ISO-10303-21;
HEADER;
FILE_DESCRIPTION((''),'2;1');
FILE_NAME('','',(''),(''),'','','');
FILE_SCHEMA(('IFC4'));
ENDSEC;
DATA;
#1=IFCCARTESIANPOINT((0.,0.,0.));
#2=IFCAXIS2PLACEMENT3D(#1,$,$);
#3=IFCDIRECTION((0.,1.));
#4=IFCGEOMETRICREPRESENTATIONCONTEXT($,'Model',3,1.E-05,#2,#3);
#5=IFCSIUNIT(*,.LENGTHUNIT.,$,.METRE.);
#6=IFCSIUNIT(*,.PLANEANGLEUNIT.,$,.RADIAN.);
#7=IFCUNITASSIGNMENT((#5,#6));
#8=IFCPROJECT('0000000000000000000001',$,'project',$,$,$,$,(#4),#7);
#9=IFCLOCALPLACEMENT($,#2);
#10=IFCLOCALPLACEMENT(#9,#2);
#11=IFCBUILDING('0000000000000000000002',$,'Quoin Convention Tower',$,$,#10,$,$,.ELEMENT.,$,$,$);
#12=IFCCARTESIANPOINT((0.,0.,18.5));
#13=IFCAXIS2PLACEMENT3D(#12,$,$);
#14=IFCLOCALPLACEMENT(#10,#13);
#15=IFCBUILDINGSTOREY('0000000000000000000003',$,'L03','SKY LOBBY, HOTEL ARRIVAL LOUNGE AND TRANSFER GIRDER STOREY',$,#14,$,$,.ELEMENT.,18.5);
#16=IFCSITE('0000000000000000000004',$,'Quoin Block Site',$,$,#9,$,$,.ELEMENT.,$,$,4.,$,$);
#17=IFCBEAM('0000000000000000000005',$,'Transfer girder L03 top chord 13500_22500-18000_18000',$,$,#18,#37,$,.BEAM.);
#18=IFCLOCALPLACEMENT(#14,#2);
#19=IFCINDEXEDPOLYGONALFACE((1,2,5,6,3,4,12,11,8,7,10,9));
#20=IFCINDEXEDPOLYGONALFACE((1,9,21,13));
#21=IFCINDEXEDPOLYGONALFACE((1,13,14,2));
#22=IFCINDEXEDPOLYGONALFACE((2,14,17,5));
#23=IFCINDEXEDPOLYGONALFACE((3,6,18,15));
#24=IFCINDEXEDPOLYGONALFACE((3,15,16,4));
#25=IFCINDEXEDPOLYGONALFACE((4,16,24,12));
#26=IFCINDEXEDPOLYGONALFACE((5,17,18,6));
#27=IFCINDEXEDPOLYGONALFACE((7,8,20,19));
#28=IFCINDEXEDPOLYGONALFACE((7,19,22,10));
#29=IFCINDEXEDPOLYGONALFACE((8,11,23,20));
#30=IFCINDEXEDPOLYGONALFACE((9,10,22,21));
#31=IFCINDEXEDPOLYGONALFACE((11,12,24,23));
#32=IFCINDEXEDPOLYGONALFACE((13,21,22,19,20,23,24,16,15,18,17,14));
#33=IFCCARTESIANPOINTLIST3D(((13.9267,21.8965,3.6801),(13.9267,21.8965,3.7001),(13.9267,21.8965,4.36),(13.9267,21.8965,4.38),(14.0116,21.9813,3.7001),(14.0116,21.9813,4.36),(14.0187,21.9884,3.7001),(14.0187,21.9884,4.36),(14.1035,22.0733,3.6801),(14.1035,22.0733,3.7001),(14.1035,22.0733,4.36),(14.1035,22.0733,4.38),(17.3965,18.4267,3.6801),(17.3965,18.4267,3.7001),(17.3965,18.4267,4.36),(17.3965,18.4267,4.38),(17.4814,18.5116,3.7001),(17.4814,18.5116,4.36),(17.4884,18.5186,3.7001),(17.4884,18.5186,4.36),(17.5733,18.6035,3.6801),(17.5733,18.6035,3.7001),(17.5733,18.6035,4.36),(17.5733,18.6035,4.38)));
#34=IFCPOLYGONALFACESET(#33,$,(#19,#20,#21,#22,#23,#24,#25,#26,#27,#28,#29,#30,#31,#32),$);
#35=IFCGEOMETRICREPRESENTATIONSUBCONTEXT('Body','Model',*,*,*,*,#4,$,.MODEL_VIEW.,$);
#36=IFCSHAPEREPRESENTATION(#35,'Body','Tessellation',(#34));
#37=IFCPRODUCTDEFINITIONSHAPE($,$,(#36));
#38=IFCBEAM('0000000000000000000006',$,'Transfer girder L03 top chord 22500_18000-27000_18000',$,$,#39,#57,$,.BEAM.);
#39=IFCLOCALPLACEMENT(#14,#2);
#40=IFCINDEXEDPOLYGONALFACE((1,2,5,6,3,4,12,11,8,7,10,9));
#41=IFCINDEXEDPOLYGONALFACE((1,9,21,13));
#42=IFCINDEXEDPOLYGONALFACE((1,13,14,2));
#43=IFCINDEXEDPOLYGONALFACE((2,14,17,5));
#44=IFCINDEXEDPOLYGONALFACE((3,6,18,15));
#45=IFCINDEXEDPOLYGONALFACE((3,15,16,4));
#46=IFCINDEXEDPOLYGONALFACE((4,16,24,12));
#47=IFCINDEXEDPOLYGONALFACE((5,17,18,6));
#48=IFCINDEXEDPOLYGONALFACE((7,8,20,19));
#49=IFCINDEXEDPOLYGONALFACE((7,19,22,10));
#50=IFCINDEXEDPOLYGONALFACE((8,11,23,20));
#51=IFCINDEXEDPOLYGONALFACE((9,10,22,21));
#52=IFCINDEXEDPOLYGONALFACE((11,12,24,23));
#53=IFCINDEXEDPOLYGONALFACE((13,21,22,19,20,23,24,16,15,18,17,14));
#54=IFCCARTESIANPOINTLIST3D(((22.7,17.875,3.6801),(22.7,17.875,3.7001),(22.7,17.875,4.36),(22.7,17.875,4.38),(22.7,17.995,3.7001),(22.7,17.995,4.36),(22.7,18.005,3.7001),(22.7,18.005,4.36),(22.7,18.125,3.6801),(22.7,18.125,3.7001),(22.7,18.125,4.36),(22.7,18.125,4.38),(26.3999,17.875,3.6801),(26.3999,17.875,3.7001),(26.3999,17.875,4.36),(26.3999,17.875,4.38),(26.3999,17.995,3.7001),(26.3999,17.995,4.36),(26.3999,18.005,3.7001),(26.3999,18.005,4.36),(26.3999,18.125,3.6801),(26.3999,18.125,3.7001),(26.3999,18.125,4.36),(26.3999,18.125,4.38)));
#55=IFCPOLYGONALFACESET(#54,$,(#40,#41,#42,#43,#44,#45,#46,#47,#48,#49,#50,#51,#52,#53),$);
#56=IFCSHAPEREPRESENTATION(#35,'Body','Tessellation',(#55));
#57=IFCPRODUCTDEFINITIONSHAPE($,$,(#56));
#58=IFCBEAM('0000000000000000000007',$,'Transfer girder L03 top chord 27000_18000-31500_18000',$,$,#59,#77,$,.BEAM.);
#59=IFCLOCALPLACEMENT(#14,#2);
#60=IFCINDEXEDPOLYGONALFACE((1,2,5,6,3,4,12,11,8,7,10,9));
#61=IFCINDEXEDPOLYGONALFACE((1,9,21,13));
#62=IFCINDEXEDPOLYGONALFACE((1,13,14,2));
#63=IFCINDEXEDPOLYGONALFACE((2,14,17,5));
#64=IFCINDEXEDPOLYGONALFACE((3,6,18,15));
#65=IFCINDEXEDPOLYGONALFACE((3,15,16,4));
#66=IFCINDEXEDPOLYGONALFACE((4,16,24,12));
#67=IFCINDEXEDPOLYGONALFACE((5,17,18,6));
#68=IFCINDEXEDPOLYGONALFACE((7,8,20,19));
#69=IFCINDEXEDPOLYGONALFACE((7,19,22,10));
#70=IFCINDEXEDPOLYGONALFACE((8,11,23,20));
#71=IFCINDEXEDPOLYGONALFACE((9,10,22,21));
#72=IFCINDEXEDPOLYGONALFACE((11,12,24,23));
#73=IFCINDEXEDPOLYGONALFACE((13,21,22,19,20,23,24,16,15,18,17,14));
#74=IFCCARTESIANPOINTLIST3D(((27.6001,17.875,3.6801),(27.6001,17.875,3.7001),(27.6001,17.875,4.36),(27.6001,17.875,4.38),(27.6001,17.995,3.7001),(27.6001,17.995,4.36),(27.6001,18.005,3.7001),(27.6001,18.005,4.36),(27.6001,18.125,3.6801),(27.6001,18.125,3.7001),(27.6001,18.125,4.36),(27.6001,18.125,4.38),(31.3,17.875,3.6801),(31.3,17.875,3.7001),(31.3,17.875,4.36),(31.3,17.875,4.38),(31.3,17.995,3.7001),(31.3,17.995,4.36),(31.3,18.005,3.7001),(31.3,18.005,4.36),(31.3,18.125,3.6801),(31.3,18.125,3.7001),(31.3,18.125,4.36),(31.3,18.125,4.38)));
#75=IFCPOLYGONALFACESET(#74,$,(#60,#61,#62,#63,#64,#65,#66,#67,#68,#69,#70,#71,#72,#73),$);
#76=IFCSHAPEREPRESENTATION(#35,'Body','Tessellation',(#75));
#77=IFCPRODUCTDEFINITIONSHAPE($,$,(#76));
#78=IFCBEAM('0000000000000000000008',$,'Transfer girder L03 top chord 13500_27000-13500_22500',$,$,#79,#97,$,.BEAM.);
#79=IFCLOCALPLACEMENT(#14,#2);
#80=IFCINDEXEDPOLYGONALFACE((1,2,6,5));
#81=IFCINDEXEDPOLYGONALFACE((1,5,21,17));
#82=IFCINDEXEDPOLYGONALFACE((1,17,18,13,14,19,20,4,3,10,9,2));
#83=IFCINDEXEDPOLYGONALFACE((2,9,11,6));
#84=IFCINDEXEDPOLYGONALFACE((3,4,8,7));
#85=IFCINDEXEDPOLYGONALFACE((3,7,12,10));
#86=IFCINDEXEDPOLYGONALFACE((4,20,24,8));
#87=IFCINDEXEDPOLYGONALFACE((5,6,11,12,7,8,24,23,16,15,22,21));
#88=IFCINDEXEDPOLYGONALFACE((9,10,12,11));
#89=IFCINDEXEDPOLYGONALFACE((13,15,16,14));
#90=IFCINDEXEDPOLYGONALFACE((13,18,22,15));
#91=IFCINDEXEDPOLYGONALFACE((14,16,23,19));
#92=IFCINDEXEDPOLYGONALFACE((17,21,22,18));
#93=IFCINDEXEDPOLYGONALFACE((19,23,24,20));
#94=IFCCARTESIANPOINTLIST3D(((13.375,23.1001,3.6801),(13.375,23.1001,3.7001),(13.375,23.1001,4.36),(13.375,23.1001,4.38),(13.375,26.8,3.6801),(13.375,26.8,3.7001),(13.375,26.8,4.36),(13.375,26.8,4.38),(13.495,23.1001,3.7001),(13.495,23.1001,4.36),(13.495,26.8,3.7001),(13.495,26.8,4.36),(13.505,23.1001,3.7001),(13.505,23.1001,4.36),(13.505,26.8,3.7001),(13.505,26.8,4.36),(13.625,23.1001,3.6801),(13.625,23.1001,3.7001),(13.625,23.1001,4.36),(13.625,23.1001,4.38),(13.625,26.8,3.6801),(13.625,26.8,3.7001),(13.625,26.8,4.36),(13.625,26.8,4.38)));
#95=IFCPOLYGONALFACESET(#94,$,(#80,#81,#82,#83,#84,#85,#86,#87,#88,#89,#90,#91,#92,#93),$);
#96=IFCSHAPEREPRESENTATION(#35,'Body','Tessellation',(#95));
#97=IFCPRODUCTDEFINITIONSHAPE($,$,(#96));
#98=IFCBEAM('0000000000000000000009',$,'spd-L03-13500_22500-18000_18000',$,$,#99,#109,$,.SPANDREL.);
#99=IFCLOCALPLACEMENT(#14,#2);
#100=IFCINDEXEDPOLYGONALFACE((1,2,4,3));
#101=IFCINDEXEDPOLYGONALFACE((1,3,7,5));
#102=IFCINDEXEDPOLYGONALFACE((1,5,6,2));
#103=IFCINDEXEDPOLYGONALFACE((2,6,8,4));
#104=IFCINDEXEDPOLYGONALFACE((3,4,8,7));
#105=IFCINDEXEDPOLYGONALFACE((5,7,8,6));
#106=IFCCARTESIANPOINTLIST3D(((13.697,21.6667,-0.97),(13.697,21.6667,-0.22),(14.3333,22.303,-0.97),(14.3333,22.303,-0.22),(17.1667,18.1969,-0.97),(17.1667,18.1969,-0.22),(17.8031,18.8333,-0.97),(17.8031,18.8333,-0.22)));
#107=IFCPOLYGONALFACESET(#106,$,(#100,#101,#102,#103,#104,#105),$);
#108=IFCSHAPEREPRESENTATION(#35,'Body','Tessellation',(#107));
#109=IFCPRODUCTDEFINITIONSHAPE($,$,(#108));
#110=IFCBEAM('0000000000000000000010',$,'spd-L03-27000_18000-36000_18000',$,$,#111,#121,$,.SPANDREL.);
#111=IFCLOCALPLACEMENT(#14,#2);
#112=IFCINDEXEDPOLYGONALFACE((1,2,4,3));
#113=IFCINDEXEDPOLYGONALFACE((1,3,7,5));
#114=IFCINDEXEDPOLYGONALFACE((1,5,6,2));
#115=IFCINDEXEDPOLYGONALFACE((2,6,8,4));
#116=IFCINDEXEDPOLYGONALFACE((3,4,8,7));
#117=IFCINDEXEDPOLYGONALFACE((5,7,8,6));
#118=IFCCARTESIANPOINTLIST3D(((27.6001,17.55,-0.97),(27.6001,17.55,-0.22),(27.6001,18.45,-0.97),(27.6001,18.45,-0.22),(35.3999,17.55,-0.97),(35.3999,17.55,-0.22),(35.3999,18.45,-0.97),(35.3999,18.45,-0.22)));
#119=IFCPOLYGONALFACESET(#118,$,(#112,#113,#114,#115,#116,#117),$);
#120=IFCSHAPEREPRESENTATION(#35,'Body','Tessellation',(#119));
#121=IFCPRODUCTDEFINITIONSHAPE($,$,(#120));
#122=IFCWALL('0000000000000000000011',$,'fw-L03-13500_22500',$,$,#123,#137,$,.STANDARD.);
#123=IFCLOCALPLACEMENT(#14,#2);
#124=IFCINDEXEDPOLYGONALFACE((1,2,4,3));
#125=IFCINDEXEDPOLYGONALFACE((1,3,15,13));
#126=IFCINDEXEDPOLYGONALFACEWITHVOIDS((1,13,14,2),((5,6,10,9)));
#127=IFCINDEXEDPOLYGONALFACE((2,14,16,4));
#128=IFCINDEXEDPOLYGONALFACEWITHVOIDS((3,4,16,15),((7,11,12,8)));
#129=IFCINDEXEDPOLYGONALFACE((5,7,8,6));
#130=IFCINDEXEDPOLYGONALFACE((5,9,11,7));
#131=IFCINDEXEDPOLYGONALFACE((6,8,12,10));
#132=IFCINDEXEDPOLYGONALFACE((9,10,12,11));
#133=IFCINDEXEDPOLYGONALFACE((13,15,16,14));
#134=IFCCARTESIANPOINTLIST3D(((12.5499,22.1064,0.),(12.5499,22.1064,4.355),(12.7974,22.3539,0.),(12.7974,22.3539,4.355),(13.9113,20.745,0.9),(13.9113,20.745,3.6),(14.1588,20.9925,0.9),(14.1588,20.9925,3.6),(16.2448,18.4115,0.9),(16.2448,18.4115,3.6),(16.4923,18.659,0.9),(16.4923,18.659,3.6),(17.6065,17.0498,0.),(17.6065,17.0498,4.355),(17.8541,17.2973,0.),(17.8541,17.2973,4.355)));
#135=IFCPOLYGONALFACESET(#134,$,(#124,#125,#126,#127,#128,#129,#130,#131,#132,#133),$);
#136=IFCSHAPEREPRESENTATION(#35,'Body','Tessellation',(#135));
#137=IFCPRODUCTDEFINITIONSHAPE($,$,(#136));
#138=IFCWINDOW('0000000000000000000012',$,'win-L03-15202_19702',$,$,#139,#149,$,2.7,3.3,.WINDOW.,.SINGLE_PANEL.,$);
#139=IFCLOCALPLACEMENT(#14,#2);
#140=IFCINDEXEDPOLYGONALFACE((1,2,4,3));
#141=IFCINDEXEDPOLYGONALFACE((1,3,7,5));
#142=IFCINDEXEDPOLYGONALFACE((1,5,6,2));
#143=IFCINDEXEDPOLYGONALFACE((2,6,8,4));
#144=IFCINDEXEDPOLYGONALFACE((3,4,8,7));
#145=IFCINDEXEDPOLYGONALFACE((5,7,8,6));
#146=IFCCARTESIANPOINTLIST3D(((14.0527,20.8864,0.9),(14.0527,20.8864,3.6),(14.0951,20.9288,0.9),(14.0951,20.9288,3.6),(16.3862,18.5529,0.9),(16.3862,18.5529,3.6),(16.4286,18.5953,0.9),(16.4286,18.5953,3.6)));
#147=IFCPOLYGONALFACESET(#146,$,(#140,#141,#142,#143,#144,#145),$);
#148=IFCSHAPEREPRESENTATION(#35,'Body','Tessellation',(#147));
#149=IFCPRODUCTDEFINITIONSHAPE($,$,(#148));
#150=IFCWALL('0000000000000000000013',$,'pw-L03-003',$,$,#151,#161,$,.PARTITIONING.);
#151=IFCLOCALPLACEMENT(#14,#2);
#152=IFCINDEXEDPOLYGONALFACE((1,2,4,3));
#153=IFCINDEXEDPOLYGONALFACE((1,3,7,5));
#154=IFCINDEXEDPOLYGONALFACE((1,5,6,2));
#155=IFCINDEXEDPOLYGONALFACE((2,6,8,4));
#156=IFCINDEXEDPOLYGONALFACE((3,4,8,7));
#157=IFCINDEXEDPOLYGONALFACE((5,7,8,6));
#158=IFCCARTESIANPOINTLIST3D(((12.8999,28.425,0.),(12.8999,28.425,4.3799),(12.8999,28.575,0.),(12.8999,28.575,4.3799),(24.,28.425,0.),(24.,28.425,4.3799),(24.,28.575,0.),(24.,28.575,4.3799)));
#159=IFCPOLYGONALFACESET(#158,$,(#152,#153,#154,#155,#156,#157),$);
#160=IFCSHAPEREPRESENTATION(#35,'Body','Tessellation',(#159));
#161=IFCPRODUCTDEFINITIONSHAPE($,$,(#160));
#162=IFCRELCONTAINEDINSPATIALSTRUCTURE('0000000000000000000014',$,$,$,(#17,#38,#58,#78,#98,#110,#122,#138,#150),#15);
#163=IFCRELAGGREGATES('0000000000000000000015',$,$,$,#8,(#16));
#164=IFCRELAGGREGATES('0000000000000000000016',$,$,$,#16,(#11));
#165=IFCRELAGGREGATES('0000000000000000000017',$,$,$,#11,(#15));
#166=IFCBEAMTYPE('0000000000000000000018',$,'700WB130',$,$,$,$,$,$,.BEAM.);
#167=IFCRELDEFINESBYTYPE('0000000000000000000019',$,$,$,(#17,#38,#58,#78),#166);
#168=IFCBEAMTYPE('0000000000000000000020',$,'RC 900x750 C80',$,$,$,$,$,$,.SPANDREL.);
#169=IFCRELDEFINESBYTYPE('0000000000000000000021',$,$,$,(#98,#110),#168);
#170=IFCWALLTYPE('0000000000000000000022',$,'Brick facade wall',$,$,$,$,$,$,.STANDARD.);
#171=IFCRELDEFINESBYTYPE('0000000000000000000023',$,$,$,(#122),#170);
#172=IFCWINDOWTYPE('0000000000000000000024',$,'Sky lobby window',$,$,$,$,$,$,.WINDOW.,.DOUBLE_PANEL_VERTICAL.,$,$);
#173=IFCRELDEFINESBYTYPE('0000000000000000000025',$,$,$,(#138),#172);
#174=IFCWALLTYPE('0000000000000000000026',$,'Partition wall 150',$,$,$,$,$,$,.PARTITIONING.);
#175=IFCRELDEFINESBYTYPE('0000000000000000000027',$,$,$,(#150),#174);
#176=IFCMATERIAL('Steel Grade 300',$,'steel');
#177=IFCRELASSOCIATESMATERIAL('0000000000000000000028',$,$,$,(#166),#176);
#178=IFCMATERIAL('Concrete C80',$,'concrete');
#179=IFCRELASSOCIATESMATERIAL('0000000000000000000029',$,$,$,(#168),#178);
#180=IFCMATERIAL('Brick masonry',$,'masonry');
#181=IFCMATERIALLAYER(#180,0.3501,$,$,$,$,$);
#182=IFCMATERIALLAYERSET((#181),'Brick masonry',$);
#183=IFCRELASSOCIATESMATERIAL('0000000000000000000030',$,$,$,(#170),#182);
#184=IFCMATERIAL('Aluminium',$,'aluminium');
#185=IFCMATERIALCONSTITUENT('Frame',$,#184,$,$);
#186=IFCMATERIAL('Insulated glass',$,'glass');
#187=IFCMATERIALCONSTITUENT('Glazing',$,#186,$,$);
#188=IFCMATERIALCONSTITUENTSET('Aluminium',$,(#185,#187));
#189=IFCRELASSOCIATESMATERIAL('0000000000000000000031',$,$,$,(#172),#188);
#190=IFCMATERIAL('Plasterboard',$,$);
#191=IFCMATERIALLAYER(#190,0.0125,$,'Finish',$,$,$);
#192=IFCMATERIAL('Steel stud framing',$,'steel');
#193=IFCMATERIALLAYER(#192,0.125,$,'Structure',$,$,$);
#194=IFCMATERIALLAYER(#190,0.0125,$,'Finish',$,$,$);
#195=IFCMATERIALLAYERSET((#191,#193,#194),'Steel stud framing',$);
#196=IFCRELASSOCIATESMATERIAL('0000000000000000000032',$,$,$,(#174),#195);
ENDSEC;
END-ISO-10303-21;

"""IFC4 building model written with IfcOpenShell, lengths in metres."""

from ifc_helpers import new_model, si_unit, direction, frame, frame_2d, origin, origin_2d, place, context, subcontext, project, spatial, rectangle, i_section, extrude, material, layer, layer_set, constituent, constituent_set, material_profile, profile_set, type_object, element, fill, save


model = new_model("IFC4")

# Units and contexts
model_context = context("Model", 3, precision=1e-05, world=origin(), true_north=direction((0.0, 1.0)))
body_context = subcontext(model_context, "Body", "Model", "MODEL_VIEW")
ifc_project = project(units=[si_unit("LENGTHUNIT", "METRE"), si_unit("PLANEANGLEUNIT", "RADIAN")], contexts=[model_context])

# Site, building, storey
site_placement = place(None, origin())
site = spatial("IfcSite", under=ifc_project, at=site_placement, Name="Quoin Block Site", CompositionType="ELEMENT", RefElevation=4.0)
building_placement = place(site_placement, origin())
building = spatial("IfcBuilding", under=site, at=building_placement, Name="Quoin Convention Tower", CompositionType="ELEMENT")
storey_placement = place(building_placement, frame((0.0, 0.0, 18.5)))
storey = spatial("IfcBuildingStorey", under=building, at=storey_placement, Name="L03", Description="SKY LOBBY, HOTEL ARRIVAL LOUNGE AND TRANSFER GIRDER STOREY", CompositionType="ELEMENT", Elevation=18.5)

# Shared definitions
ifc_material_1 = material(Name="Concrete C80", Category="concrete")

# Shared definitions
ifc_material_2 = material(Name="Steel Grade 300", Category="steel")

# Beams
ifc_material_profile_1 = material_profile(ifc_material_2, i_section(OverallWidth=0.25, OverallDepth=0.7, WebThickness=0.01, FlangeThickness=0.02, at=origin_2d()), Name="700WB130")
ifc_profile_set_1 = profile_set([ifc_material_profile_1], Name="Steel Grade 300")
beam_type_1 = type_object("IfcBeamType", Name="700WB130", PredefinedType="BEAM", material=ifc_profile_set_1)
beam_1_placement = place(storey_placement, frame((14.0151, 21.9849, 4.03), z_axis=(0.707107, -0.707107, 0.0), x_axis=(0.707107, 0.707107, 0.0)))
element("IfcBeam", 1, at=beam_1_placement, inside=storey, type_object=beam_type_1, Name="Transfer girder L03 top chord 13500_22500-18000_18000", PredefinedType="BEAM", context=body_context, shape_type="SweptSolid", body=[
    extrude(i_section(OverallWidth=0.25, OverallDepth=0.7, WebThickness=0.01, FlangeThickness=0.02, at=origin_2d()), origin(), (0.0, 0.0, 1.0), 4.907),
])
for number, where, z_axis, x_axis, name in (
    (2, (22.7, 18.0, 4.03), (1.0, 0.0, 0.0), (0.0, 1.0, 0.0), "Transfer girder L03 top chord 22500_18000-27000_18000"),
    (3, (27.6001, 18.0, 4.03), (1.0, 0.0, 0.0), (0.0, 1.0, 0.0), "Transfer girder L03 top chord 27000_18000-31500_18000"),
    (4, (13.5, 26.8, 4.03), (0.0, -1.0, 0.0), (1.0, 0.0, 0.0), "Transfer girder L03 top chord 13500_27000-13500_22500"),
):
    element("IfcBeam", number, at=place(storey_placement, frame(where, z_axis=z_axis, x_axis=x_axis)), inside=storey, type_object=beam_type_1, Name=name, PredefinedType="BEAM", context=body_context, shape_type="SweptSolid", body=[
        extrude(i_section(OverallWidth=0.25, OverallDepth=0.7, WebThickness=0.01, FlangeThickness=0.02, at=origin_2d()), origin(), (0.0, 0.0, 1.0), 3.7),
    ])
ifc_material_profile_2 = material_profile(ifc_material_1, rectangle(XDim=0.8999, YDim=0.75, at=origin_2d()), Name="RC 900x750")
ifc_profile_set_2 = profile_set([ifc_material_profile_2], Name="Concrete C80")
beam_type_2 = type_object("IfcBeamType", Name="RC 900x750 C80", PredefinedType="SPANDREL", material=ifc_profile_set_2)
beam_2_placement = place(storey_placement, frame((14.0151, 21.9849, -0.595), z_axis=(0.707107, -0.707107, 0.0), x_axis=(0.707107, 0.707107, 0.0)))
element("IfcBeam", 5, at=beam_2_placement, inside=storey, type_object=beam_type_2, Name="spd-L03-13500_22500-18000_18000", PredefinedType="SPANDREL", context=body_context, shape_type="SweptSolid", body=[
    extrude(rectangle(XDim=0.8999, YDim=0.75, at=origin_2d()), origin(), (0.0, 0.0, 1.0), 4.907),
])
beam_3_placement = place(storey_placement, frame((27.6001, 18.0, -0.595), z_axis=(1.0, 0.0, 0.0), x_axis=(0.0, 1.0, 0.0)))
element("IfcBeam", 6, at=beam_3_placement, inside=storey, type_object=beam_type_2, Name="spd-L03-27000_18000-36000_18000", PredefinedType="SPANDREL", context=body_context, shape_type="SweptSolid", body=[
    extrude(rectangle(XDim=0.8999, YDim=0.75, at=origin_2d()), origin(), (0.0, 0.0, 1.0), 7.7998),
])

# Wall, opening, window
ifc_material_3 = material(Name="Brick masonry", Category="masonry")
ifc_layer_1 = layer(ifc_material_3, 0.3501)
ifc_layer_set_1 = layer_set([ifc_layer_1], Name="Brick masonry")
wall_type_1 = type_object("IfcWallType", Name="Brick facade wall", PredefinedType="STANDARD", material=ifc_layer_set_1)
wall_1_placement = place(storey_placement, frame((12.6736, 22.2302, 0.0), z_axis=(0.0, 0.0, 1.0), x_axis=(0.707107, -0.707107, 0.0)))
wall_1 = element("IfcWall", 7, at=wall_1_placement, inside=storey, type_object=wall_type_1, Name="fw-L03-13500_22500", PredefinedType="STANDARD", context=body_context, shape_type="SweptSolid", body=[
    extrude(rectangle(XDim=7.1511, YDim=0.3501, at=frame_2d((3.5757, 0.0))), origin(), (0.0, 0.0, 1.0), 4.355),
])
opening_1_placement = place(wall_1_placement, frame((1.9255, 0.0, 0.8999)))
opening_1 = element("IfcOpeningElement", 8, at=opening_1_placement, cuts=wall_1, PredefinedType="OPENING", context=body_context, shape_type="SweptSolid", body=[
    extrude(rectangle(XDim=3.3, YDim=2.7, at=frame_2d((1.6499, 1.3501))), frame((0.0, 0.1851, 0.0), z_axis=(0.0, -1.0, 0.0), x_axis=(1.0, 0.0, 0.0)), (0.0, 0.0, 1.0), 0.3701),
])
ifc_material_4 = material(Name="Aluminium", Category="aluminium")
ifc_constituent_1 = constituent(ifc_material_4, Name="Frame")
ifc_material_5 = material(Name="Insulated glass", Category="glass")
ifc_constituent_2 = constituent(ifc_material_5, Name="Glazing")
ifc_constituent_set = constituent_set(constituents=[ifc_constituent_1, ifc_constituent_2], Name="Aluminium")
window_type = type_object("IfcWindowType", Name="Sky lobby window", PartitioningType="DOUBLE_PANEL_VERTICAL", PredefinedType="WINDOW", material=ifc_constituent_set)
window_placement = place(opening_1_placement, origin())
window = element("IfcWindow", 9, at=window_placement, inside=storey, type_object=window_type, Name="win-L03-15202_19702", OverallHeight=2.7, OverallWidth=3.3, PartitioningType="SINGLE_PANEL", PredefinedType="WINDOW", context=body_context, shape_type="SweptSolid", body=[
    extrude(rectangle(XDim=3.3, YDim=2.7, at=frame_2d((1.6499, 1.3501))), frame((0.0, 0.085, 0.0), z_axis=(0.0, -1.0, 0.0), x_axis=(1.0, 0.0, 0.0)), (0.0, 0.0, 1.0), 0.0601),
])
fill(opening_1, window)

# Wall
ifc_material_6 = material(Name="Plasterboard")
ifc_layer_2 = layer(ifc_material_6, 0.0125, Name="Finish")
ifc_material_7 = material(Name="Steel stud framing", Category="steel")
ifc_layer_3 = layer(ifc_material_7, 0.125, Name="Structure")
ifc_layer_4 = layer(ifc_material_6, 0.0125, Name="Finish")
ifc_layer_set_2 = layer_set([ifc_layer_2, ifc_layer_3, ifc_layer_4], Name="Steel stud framing")
wall_type_2 = type_object("IfcWallType", Name="Partition wall 150", PredefinedType="PARTITIONING", material=ifc_layer_set_2)
wall_2_placement = place(storey_placement, frame((12.8999, 28.5, 0.0), z_axis=(0.0, 0.0, 1.0), x_axis=(1.0, 0.0, 0.0)))
element("IfcWall", 10, at=wall_2_placement, inside=storey, type_object=wall_type_2, Name="pw-L03-003", PredefinedType="PARTITIONING", context=body_context, shape_type="SweptSolid", body=[
    extrude(rectangle(XDim=11.1001, YDim=0.1499, at=frame_2d((5.55, 0.0))), origin(), (0.0, 0.0, 1.0), 4.3799),
])

save(model, "model.ifc")
